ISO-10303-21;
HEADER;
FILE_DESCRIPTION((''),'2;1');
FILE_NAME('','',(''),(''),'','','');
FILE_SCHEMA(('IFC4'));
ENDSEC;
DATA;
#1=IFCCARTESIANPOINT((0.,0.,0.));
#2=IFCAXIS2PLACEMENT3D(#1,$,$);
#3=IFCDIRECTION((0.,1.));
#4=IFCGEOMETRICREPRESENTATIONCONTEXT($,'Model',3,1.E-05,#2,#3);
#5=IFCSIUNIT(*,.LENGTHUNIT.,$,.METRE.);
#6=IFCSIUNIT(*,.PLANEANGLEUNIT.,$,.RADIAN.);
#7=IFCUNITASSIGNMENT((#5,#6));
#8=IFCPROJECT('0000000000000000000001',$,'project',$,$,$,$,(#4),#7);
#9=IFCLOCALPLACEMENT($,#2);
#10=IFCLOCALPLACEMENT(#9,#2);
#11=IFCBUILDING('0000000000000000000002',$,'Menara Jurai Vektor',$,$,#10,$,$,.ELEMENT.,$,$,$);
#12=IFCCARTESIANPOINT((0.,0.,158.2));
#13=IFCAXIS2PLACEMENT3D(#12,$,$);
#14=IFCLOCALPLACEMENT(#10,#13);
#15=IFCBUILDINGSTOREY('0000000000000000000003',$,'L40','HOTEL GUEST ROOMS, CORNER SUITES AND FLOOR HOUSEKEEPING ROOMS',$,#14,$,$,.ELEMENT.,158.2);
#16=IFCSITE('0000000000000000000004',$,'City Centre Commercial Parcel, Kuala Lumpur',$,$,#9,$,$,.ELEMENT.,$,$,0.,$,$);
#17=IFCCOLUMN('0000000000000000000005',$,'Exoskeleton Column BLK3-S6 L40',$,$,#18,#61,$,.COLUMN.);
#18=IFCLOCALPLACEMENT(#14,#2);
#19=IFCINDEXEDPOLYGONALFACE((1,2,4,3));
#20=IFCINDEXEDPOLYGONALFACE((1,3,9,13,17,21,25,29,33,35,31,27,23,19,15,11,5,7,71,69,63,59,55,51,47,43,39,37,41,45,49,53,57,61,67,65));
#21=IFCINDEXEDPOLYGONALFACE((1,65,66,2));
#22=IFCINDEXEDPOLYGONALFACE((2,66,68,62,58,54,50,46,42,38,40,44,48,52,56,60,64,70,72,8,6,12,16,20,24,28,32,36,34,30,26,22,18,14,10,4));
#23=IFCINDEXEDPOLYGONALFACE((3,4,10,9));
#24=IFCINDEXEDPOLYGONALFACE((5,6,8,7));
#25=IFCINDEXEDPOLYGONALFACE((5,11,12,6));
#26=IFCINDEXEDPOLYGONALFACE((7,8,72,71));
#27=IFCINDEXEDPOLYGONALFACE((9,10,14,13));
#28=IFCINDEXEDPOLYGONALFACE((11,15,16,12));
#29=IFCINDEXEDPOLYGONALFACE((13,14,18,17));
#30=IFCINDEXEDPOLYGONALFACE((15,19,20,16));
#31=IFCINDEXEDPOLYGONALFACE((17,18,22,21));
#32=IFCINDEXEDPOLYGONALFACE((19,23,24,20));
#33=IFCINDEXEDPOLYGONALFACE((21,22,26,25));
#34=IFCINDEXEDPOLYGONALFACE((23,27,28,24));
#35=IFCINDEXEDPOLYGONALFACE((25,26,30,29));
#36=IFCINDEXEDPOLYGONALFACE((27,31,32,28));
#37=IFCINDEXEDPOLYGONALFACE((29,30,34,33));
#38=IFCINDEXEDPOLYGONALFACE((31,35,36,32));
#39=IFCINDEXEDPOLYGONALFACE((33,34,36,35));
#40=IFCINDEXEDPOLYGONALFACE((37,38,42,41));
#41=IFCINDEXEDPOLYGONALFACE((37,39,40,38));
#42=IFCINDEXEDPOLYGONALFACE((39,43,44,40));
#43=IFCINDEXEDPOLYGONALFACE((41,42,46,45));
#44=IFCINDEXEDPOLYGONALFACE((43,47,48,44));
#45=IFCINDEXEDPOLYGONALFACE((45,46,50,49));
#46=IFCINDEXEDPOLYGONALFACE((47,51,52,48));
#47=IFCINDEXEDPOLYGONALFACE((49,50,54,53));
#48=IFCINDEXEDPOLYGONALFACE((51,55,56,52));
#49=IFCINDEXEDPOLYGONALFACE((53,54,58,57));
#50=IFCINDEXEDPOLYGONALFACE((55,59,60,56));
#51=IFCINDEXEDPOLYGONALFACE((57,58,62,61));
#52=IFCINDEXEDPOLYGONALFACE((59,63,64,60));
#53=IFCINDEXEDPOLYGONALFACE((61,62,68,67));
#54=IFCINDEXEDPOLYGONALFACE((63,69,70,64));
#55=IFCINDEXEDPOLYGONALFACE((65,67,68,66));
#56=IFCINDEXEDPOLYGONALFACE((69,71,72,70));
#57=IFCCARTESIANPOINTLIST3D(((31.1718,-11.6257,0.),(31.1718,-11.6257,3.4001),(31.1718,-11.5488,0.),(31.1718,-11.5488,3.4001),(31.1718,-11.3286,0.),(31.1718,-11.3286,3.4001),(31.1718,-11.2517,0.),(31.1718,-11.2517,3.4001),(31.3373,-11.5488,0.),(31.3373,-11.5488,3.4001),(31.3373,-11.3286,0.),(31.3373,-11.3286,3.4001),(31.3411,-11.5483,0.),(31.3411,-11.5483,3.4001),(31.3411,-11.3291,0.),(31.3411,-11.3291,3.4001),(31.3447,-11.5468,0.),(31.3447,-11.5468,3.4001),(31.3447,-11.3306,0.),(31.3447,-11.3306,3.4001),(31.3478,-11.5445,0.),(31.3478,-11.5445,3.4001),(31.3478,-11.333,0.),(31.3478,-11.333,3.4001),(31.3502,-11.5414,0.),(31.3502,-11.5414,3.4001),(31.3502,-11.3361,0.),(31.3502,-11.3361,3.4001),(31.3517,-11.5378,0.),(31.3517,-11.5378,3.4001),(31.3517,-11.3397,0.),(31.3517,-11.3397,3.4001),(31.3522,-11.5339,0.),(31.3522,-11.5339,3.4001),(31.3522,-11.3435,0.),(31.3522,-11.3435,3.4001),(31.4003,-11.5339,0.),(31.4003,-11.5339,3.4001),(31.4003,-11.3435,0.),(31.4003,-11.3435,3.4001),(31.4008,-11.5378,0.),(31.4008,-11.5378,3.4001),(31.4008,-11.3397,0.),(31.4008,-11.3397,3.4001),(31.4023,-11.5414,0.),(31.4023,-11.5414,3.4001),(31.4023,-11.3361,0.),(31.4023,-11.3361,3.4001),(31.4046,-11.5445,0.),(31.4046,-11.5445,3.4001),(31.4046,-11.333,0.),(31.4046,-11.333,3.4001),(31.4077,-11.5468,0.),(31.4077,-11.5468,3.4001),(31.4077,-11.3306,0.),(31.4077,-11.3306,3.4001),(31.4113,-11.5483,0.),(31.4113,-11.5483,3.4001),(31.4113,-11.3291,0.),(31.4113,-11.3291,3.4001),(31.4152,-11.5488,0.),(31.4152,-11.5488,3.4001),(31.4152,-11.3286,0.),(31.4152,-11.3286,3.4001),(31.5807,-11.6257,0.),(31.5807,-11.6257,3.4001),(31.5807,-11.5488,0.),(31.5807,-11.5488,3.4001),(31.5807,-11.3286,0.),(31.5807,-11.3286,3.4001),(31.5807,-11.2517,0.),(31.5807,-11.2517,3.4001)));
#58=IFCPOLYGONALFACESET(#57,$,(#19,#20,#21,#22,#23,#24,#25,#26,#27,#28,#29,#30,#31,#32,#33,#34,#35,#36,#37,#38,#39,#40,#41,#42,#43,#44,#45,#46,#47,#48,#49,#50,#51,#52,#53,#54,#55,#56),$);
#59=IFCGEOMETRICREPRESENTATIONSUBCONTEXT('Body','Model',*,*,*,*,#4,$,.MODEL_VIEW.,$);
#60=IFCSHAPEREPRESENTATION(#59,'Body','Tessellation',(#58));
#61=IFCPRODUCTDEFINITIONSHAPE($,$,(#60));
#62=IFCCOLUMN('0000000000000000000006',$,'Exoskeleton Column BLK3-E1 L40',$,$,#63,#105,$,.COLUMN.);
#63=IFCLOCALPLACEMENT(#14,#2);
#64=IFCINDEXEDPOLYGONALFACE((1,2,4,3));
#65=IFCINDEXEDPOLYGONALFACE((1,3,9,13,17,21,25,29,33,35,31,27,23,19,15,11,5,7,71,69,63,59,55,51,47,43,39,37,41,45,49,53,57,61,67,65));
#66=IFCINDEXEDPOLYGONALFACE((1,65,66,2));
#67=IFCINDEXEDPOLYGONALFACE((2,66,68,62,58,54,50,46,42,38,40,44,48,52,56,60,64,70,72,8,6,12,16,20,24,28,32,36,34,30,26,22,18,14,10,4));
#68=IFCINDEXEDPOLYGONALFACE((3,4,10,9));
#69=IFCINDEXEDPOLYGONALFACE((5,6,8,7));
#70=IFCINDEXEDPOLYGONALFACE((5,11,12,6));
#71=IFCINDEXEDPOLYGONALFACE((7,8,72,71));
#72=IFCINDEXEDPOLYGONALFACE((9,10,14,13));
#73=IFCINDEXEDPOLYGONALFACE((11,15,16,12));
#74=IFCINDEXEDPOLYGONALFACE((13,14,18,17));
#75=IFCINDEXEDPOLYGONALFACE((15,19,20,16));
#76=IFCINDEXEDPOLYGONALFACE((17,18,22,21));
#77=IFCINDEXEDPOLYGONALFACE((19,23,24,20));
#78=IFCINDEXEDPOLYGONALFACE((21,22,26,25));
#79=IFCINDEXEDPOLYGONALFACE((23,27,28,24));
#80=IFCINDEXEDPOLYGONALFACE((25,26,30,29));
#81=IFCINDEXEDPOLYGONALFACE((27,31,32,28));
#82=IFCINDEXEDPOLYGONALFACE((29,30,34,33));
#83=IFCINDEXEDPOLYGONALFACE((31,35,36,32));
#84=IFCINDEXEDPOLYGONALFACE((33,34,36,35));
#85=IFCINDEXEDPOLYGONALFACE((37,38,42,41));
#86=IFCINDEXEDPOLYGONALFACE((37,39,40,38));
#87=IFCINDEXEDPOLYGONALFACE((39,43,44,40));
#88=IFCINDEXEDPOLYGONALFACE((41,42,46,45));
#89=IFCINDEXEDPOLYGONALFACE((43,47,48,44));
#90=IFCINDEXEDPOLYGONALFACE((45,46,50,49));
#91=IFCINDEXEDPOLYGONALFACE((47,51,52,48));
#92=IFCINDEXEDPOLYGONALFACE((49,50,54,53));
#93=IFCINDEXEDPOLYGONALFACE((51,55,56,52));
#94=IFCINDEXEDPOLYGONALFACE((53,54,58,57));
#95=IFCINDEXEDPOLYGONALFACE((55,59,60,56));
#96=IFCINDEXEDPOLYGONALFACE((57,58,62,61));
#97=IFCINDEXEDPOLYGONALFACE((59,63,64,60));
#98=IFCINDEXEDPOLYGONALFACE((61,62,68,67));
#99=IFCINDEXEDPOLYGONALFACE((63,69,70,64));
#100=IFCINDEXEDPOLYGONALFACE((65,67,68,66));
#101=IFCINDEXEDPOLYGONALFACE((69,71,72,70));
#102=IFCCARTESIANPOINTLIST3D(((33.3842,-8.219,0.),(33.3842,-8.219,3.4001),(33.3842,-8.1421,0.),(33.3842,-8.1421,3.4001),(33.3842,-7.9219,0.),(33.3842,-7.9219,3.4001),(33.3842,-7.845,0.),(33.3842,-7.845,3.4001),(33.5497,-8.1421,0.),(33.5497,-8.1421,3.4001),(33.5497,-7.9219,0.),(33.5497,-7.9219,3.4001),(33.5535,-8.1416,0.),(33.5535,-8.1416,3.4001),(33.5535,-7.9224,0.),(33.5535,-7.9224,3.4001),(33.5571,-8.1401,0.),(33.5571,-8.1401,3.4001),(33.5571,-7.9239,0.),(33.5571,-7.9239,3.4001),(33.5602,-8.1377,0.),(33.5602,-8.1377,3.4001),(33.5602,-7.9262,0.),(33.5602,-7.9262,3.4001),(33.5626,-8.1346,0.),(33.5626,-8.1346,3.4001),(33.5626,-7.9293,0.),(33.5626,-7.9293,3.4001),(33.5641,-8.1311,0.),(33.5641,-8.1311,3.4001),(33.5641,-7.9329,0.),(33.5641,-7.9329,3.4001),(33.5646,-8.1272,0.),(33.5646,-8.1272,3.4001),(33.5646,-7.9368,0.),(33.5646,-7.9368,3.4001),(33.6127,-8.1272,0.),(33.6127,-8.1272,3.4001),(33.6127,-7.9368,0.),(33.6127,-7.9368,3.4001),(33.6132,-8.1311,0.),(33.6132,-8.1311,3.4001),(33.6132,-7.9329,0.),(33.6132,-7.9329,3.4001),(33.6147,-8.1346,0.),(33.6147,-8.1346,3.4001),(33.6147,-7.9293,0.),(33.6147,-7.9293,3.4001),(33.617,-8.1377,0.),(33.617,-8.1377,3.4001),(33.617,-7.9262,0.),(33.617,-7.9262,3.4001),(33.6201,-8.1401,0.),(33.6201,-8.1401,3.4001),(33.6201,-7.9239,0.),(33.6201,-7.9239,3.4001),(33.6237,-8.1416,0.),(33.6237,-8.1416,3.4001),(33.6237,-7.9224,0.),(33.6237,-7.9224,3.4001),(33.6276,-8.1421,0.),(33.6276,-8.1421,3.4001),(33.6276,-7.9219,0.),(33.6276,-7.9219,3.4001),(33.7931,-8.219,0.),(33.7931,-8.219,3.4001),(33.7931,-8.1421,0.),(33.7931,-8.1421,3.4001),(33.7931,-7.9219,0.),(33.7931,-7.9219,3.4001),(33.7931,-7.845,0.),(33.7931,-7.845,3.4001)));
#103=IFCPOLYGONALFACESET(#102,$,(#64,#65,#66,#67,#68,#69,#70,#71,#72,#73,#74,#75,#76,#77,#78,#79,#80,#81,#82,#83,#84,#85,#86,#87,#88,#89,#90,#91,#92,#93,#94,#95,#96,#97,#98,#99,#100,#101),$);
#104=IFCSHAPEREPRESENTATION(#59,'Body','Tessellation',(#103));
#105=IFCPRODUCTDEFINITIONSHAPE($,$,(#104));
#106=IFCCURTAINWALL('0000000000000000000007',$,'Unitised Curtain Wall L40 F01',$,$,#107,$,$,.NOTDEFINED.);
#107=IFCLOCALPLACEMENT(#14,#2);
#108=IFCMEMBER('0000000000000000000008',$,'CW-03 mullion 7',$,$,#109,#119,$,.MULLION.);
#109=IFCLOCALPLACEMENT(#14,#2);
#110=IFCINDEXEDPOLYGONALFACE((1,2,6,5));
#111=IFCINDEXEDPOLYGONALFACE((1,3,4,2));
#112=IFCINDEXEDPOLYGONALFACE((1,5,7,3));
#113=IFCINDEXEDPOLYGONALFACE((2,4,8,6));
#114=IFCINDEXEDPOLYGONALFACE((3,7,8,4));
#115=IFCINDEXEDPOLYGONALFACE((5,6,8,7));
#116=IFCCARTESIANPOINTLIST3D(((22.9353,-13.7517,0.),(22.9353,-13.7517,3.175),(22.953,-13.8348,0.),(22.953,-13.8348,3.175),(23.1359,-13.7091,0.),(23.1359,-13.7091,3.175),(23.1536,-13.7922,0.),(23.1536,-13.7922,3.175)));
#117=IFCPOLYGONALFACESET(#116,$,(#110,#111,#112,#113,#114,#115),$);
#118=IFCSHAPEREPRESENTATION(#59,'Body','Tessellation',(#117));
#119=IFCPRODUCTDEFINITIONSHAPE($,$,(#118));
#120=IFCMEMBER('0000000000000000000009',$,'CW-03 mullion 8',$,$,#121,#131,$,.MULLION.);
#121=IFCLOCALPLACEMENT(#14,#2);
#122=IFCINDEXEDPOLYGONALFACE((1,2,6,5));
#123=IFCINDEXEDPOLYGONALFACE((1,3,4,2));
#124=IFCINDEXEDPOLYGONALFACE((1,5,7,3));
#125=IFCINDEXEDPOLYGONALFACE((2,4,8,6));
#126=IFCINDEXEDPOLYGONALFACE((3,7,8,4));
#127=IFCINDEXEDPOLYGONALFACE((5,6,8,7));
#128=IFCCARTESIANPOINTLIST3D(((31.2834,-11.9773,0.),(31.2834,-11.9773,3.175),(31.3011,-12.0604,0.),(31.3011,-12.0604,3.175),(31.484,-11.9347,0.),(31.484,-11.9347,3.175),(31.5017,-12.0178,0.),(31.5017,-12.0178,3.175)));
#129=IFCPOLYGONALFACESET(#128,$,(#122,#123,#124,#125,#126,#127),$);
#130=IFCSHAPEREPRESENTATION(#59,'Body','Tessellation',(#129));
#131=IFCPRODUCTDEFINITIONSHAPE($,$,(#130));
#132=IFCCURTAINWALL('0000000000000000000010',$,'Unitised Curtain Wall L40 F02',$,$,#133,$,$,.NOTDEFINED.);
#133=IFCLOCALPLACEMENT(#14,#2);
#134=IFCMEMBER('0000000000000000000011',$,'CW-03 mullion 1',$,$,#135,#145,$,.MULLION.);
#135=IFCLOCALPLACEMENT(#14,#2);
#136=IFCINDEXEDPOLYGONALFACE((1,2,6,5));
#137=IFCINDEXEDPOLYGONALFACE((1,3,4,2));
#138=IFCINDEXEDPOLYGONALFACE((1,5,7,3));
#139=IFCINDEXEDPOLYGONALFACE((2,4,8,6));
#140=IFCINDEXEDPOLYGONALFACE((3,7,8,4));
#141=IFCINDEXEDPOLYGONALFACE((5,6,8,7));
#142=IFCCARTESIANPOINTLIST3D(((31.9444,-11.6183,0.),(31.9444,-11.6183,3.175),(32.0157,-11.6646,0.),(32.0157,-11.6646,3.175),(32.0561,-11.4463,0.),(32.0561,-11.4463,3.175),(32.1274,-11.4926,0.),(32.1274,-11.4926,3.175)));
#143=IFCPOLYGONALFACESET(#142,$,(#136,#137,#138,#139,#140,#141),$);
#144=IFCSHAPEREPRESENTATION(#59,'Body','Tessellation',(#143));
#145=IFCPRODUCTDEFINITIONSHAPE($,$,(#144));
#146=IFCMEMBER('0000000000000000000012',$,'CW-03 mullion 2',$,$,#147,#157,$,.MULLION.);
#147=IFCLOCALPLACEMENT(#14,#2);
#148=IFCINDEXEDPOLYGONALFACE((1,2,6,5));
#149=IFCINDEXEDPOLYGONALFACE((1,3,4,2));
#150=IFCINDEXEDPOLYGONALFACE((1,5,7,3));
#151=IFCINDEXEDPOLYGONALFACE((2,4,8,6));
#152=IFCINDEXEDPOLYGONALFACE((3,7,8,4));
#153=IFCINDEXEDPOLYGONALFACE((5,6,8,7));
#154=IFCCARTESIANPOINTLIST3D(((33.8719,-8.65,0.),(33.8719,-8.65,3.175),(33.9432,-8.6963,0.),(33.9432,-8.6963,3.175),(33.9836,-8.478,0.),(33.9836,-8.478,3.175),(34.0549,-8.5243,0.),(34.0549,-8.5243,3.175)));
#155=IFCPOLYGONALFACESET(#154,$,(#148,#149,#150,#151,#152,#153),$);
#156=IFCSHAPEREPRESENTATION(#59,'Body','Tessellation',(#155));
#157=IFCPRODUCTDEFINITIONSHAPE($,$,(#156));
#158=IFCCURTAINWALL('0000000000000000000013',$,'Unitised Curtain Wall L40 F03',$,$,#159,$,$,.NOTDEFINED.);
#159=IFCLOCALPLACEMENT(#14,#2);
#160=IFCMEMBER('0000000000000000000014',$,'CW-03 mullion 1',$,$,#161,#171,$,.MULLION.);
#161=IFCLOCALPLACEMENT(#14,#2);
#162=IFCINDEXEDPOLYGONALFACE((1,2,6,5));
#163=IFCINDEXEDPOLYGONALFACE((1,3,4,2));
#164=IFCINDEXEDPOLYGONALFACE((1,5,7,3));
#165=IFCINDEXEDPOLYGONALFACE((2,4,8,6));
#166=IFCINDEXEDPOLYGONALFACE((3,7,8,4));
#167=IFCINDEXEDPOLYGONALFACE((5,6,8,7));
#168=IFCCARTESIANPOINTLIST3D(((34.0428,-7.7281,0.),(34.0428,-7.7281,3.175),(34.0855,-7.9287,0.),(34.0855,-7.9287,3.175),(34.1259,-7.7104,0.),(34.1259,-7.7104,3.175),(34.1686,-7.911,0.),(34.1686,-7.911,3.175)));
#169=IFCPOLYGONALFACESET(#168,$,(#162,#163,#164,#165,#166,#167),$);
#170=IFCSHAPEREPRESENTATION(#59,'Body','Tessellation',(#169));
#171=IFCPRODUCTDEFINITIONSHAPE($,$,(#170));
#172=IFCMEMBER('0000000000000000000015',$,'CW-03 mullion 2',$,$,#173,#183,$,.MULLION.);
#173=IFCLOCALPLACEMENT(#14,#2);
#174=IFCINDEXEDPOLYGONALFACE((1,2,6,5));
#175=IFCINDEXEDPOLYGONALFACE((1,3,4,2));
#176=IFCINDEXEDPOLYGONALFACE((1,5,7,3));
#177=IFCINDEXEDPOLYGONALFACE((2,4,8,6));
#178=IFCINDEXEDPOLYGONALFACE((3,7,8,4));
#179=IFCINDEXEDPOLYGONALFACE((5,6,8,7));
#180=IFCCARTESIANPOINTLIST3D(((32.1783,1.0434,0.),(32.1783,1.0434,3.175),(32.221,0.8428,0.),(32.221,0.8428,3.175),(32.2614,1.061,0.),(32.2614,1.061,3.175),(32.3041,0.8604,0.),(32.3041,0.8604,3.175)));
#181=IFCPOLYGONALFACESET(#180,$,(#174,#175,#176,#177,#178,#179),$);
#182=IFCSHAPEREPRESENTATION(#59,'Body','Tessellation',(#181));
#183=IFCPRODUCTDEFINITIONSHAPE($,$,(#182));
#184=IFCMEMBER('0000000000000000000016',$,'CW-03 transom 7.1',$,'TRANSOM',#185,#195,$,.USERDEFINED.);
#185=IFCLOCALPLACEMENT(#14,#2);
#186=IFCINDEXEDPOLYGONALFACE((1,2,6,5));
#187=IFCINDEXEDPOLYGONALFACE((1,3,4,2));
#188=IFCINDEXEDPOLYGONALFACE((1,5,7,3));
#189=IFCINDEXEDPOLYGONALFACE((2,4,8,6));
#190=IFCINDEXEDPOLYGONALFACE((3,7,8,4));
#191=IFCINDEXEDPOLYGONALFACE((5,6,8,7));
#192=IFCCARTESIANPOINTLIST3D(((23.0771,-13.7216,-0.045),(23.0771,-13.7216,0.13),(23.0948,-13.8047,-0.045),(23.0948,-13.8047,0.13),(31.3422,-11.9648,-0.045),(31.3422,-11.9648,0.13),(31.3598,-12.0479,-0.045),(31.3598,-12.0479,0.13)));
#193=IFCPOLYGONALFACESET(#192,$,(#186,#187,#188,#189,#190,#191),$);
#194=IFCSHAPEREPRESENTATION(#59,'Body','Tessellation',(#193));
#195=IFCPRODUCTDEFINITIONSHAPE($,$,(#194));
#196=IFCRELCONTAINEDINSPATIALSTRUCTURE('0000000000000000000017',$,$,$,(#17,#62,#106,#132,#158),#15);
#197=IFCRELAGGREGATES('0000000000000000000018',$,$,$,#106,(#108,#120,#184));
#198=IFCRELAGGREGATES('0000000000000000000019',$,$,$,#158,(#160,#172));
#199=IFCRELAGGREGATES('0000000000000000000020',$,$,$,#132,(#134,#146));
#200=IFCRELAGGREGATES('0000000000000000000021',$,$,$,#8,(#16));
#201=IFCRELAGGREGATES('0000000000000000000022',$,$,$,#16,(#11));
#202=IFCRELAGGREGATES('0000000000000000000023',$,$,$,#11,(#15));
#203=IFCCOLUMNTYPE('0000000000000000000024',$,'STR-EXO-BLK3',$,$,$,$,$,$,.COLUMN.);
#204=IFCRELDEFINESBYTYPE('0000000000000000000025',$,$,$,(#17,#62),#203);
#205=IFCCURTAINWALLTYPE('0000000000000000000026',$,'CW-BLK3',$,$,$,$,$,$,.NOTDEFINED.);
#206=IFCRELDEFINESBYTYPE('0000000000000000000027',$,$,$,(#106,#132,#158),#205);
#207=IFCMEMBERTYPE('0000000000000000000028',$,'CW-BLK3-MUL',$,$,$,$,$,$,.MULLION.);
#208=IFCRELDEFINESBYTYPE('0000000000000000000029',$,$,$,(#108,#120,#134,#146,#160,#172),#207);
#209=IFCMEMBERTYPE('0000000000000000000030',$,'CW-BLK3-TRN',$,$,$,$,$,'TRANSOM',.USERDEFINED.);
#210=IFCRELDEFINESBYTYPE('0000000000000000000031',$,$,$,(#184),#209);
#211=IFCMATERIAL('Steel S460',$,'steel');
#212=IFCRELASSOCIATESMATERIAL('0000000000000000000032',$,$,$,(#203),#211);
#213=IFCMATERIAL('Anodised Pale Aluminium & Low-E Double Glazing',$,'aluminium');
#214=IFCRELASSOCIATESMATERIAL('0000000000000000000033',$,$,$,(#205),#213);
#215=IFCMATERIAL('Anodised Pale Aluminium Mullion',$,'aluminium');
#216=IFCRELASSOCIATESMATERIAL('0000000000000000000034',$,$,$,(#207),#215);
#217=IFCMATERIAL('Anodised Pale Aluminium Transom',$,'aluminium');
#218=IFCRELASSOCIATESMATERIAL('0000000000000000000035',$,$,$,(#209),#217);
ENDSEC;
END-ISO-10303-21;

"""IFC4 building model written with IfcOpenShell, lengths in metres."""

from ifc_helpers import new_model, si_unit, direction, frame, origin, origin_2d, place, context, subcontext, project, spatial, rectangle, i_section, extrude, material, material_profile, profile_set, type_object, element, aggregate, save


model = new_model("IFC4")

# Units and contexts
model_context = context("Model", 3, precision=1e-05, world=origin(), true_north=direction((0.0, 1.0)))
body_context = subcontext(model_context, "Body", "Model", "MODEL_VIEW")
ifc_project = project(units=[si_unit("LENGTHUNIT", "METRE"), si_unit("PLANEANGLEUNIT", "RADIAN")], contexts=[model_context])

# Site, building, storey
site_placement = place(None, origin())
site = spatial("IfcSite", under=ifc_project, at=site_placement, Name="City Centre Commercial Parcel, Kuala Lumpur", CompositionType="ELEMENT", RefElevation=0.0)
building_placement = place(site_placement, origin())
building = spatial("IfcBuilding", under=site, at=building_placement, Name="Menara Jurai Vektor", CompositionType="ELEMENT")
storey_placement = place(building_placement, frame((0.0, 0.0, 158.2)))
storey = spatial("IfcBuildingStorey", under=building, at=storey_placement, Name="L40", Description="HOTEL GUEST ROOMS, CORNER SUITES AND FLOOR HOUSEKEEPING ROOMS", CompositionType="ELEMENT", Elevation=158.2)

# Columns
ifc_material_1 = material(Name="Steel S460", Category="steel")
ifc_material_profile_1 = material_profile(ifc_material_1, i_section(OverallWidth=0.4089, OverallDepth=0.374, WebThickness=0.0481, FlangeThickness=0.0769, FilletRadius=0.0149, at=origin_2d()), Name="HD 400x634")
ifc_profile_set_1 = profile_set([ifc_material_profile_1], Name="Steel S460")
column_type = type_object("IfcColumnType", Name="STR-EXO-BLK3", PredefinedType="COLUMN", material=ifc_profile_set_1)
for number, where, z_axis, x_axis, name in (
    (1, (31.3762, -11.4387, 0.0), (0.0, 0.0, 1.0), (1.0, 0.0, 0.0), "Exoskeleton Column BLK3-S6 L40"),
    (2, (33.5886, -8.032, 0.0), (0.0, 0.0, 1.0), (1.0, 0.0, 0.0), "Exoskeleton Column BLK3-E1 L40"),
):
    element("IfcColumn", number, at=place(storey_placement, frame(where, z_axis=z_axis, x_axis=x_axis)), inside=storey, type_object=column_type, Name=name, PredefinedType="COLUMN", context=body_context, shape_type="SweptSolid", body=[
        extrude(i_section(OverallWidth=0.4089, OverallDepth=0.374, WebThickness=0.0481, FlangeThickness=0.0769, FilletRadius=0.0149, at=origin_2d()), origin(), (0.0, 0.0, 1.0), 3.4001),
    ])

# Curtain walls, members
ifc_material_2 = material(Name="Anodised Pale Aluminium & Low-E Double Glazing", Category="aluminium")
curtain_wall_type = type_object("IfcCurtainWallType", Name="CW-BLK3", PredefinedType="NOTDEFINED", material=ifc_material_2)
curtain_wall_1_placement = place(storey_placement, origin())
curtain_wall_1 = element("IfcCurtainWall", 3, at=curtain_wall_1_placement, inside=storey, type_object=curtain_wall_type, Name="Unitised Curtain Wall L40 F01", PredefinedType="NOTDEFINED")
ifc_material_3 = material(Name="Anodised Pale Aluminium Mullion", Category="aluminium")
ifc_material_profile_2 = material_profile(ifc_material_3, rectangle(XDim=0.085, YDim=0.2051, at=origin_2d()), Name="ALU MUL 85x205")
ifc_profile_set_2 = profile_set([ifc_material_profile_2], Name="Anodised Pale Aluminium Mullion")
member_type_1 = type_object("IfcMemberType", Name="CW-BLK3-MUL", PredefinedType="MULLION", material=ifc_profile_set_2)
member_1_placement = place(storey_placement, frame((23.0444, -13.772, 0.0), z_axis=(0.0, 0.0, 1.0), x_axis=(-0.207911, 0.978148, 0.0)))
member_1 = element("IfcMember", 4, at=member_1_placement, type_object=member_type_1, Name="CW-03 mullion 7", PredefinedType="MULLION", context=body_context, shape_type="SweptSolid", body=[
    extrude(rectangle(XDim=0.085, YDim=0.2051, at=origin_2d()), origin(), (0.0, 0.0, 1.0), 3.175),
])
member_2_placement = place(storey_placement, frame((31.3926, -11.9976, 0.0), z_axis=(0.0, 0.0, 1.0), x_axis=(-0.207911, 0.978148, 0.0)))
member_2 = element("IfcMember", 5, at=member_2_placement, type_object=member_type_1, Name="CW-03 mullion 8", PredefinedType="MULLION", context=body_context, shape_type="SweptSolid", body=[
    extrude(rectangle(XDim=0.085, YDim=0.2051, at=origin_2d()), origin(), (0.0, 0.0, 1.0), 3.175),
])
curtain_wall_2_placement = place(storey_placement, origin())
curtain_wall_2 = element("IfcCurtainWall", 6, at=curtain_wall_2_placement, inside=storey, type_object=curtain_wall_type, Name="Unitised Curtain Wall L40 F02", PredefinedType="NOTDEFINED")
member_3_placement = place(storey_placement, frame((32.0359, -11.5554, 0.0), z_axis=(0.0, 0.0, 1.0), x_axis=(-0.838684, 0.544618, 0.0)))
member_3 = element("IfcMember", 7, at=member_3_placement, type_object=member_type_1, Name="CW-03 mullion 1", PredefinedType="MULLION", context=body_context, shape_type="SweptSolid", body=[
    extrude(rectangle(XDim=0.085, YDim=0.2051, at=origin_2d()), origin(), (0.0, 0.0, 1.0), 3.175),
])
member_4_placement = place(storey_placement, frame((33.9634, -8.5872, 0.0), z_axis=(0.0, 0.0, 1.0), x_axis=(-0.838684, 0.544618, 0.0)))
member_4 = element("IfcMember", 8, at=member_4_placement, type_object=member_type_1, Name="CW-03 mullion 2", PredefinedType="MULLION", context=body_context, shape_type="SweptSolid", body=[
    extrude(rectangle(XDim=0.085, YDim=0.2051, at=origin_2d()), origin(), (0.0, 0.0, 1.0), 3.175),
])
curtain_wall_3_placement = place(storey_placement, origin())
curtain_wall_3 = element("IfcCurtainWall", 9, at=curtain_wall_3_placement, inside=storey, type_object=curtain_wall_type, Name="Unitised Curtain Wall L40 F03", PredefinedType="NOTDEFINED")
member_5_placement = place(storey_placement, frame((34.1057, -7.8196, 0.0), z_axis=(0.0, 0.0, 1.0), x_axis=(-0.978148, -0.20791, 0.0)))
member_5 = element("IfcMember", 10, at=member_5_placement, type_object=member_type_1, Name="CW-03 mullion 1", PredefinedType="MULLION", context=body_context, shape_type="SweptSolid", body=[
    extrude(rectangle(XDim=0.085, YDim=0.2051, at=origin_2d()), origin(), (0.0, 0.0, 1.0), 3.175),
])
member_6_placement = place(storey_placement, frame((32.2412, 0.9519, 0.0), z_axis=(0.0, 0.0, 1.0), x_axis=(-0.978148, -0.20791, 0.0)))
member_6 = element("IfcMember", 11, at=member_6_placement, type_object=member_type_1, Name="CW-03 mullion 2", PredefinedType="MULLION", context=body_context, shape_type="SweptSolid", body=[
    extrude(rectangle(XDim=0.085, YDim=0.2051, at=origin_2d()), origin(), (0.0, 0.0, 1.0), 3.175),
])

# Member
ifc_material_4 = material(Name="Anodised Pale Aluminium Transom", Category="aluminium")
ifc_material_profile_3 = material_profile(ifc_material_4, rectangle(XDim=0.085, YDim=0.175, at=origin_2d()), Name="ALU TRN 85x175")
ifc_profile_set_3 = profile_set([ifc_material_profile_3], Name="Anodised Pale Aluminium Transom")
member_type_2 = type_object("IfcMemberType", Name="CW-BLK3-TRN", ElementType="TRANSOM", PredefinedType="USERDEFINED", material=ifc_profile_set_3)
member_7_placement = place(storey_placement, frame((23.0859, -13.7632, 0.0425), z_axis=(0.978147, 0.207915, 0.0), x_axis=(-0.207915, 0.978147, 0.0)))
member_7 = element("IfcMember", 12, at=member_7_placement, type_object=member_type_2, Name="CW-03 transom 7.1", ObjectType="TRANSOM", PredefinedType="USERDEFINED", context=body_context, shape_type="SweptSolid", body=[
    extrude(rectangle(XDim=0.085, YDim=0.175, at=origin_2d()), origin(), (0.0, 0.0, 1.0), 8.4497),
])

aggregate(curtain_wall_1, [member_1, member_2, member_7])
aggregate(curtain_wall_3, [member_5, member_6])
aggregate(curtain_wall_2, [member_3, member_4])

save(model, "model.ifc")
